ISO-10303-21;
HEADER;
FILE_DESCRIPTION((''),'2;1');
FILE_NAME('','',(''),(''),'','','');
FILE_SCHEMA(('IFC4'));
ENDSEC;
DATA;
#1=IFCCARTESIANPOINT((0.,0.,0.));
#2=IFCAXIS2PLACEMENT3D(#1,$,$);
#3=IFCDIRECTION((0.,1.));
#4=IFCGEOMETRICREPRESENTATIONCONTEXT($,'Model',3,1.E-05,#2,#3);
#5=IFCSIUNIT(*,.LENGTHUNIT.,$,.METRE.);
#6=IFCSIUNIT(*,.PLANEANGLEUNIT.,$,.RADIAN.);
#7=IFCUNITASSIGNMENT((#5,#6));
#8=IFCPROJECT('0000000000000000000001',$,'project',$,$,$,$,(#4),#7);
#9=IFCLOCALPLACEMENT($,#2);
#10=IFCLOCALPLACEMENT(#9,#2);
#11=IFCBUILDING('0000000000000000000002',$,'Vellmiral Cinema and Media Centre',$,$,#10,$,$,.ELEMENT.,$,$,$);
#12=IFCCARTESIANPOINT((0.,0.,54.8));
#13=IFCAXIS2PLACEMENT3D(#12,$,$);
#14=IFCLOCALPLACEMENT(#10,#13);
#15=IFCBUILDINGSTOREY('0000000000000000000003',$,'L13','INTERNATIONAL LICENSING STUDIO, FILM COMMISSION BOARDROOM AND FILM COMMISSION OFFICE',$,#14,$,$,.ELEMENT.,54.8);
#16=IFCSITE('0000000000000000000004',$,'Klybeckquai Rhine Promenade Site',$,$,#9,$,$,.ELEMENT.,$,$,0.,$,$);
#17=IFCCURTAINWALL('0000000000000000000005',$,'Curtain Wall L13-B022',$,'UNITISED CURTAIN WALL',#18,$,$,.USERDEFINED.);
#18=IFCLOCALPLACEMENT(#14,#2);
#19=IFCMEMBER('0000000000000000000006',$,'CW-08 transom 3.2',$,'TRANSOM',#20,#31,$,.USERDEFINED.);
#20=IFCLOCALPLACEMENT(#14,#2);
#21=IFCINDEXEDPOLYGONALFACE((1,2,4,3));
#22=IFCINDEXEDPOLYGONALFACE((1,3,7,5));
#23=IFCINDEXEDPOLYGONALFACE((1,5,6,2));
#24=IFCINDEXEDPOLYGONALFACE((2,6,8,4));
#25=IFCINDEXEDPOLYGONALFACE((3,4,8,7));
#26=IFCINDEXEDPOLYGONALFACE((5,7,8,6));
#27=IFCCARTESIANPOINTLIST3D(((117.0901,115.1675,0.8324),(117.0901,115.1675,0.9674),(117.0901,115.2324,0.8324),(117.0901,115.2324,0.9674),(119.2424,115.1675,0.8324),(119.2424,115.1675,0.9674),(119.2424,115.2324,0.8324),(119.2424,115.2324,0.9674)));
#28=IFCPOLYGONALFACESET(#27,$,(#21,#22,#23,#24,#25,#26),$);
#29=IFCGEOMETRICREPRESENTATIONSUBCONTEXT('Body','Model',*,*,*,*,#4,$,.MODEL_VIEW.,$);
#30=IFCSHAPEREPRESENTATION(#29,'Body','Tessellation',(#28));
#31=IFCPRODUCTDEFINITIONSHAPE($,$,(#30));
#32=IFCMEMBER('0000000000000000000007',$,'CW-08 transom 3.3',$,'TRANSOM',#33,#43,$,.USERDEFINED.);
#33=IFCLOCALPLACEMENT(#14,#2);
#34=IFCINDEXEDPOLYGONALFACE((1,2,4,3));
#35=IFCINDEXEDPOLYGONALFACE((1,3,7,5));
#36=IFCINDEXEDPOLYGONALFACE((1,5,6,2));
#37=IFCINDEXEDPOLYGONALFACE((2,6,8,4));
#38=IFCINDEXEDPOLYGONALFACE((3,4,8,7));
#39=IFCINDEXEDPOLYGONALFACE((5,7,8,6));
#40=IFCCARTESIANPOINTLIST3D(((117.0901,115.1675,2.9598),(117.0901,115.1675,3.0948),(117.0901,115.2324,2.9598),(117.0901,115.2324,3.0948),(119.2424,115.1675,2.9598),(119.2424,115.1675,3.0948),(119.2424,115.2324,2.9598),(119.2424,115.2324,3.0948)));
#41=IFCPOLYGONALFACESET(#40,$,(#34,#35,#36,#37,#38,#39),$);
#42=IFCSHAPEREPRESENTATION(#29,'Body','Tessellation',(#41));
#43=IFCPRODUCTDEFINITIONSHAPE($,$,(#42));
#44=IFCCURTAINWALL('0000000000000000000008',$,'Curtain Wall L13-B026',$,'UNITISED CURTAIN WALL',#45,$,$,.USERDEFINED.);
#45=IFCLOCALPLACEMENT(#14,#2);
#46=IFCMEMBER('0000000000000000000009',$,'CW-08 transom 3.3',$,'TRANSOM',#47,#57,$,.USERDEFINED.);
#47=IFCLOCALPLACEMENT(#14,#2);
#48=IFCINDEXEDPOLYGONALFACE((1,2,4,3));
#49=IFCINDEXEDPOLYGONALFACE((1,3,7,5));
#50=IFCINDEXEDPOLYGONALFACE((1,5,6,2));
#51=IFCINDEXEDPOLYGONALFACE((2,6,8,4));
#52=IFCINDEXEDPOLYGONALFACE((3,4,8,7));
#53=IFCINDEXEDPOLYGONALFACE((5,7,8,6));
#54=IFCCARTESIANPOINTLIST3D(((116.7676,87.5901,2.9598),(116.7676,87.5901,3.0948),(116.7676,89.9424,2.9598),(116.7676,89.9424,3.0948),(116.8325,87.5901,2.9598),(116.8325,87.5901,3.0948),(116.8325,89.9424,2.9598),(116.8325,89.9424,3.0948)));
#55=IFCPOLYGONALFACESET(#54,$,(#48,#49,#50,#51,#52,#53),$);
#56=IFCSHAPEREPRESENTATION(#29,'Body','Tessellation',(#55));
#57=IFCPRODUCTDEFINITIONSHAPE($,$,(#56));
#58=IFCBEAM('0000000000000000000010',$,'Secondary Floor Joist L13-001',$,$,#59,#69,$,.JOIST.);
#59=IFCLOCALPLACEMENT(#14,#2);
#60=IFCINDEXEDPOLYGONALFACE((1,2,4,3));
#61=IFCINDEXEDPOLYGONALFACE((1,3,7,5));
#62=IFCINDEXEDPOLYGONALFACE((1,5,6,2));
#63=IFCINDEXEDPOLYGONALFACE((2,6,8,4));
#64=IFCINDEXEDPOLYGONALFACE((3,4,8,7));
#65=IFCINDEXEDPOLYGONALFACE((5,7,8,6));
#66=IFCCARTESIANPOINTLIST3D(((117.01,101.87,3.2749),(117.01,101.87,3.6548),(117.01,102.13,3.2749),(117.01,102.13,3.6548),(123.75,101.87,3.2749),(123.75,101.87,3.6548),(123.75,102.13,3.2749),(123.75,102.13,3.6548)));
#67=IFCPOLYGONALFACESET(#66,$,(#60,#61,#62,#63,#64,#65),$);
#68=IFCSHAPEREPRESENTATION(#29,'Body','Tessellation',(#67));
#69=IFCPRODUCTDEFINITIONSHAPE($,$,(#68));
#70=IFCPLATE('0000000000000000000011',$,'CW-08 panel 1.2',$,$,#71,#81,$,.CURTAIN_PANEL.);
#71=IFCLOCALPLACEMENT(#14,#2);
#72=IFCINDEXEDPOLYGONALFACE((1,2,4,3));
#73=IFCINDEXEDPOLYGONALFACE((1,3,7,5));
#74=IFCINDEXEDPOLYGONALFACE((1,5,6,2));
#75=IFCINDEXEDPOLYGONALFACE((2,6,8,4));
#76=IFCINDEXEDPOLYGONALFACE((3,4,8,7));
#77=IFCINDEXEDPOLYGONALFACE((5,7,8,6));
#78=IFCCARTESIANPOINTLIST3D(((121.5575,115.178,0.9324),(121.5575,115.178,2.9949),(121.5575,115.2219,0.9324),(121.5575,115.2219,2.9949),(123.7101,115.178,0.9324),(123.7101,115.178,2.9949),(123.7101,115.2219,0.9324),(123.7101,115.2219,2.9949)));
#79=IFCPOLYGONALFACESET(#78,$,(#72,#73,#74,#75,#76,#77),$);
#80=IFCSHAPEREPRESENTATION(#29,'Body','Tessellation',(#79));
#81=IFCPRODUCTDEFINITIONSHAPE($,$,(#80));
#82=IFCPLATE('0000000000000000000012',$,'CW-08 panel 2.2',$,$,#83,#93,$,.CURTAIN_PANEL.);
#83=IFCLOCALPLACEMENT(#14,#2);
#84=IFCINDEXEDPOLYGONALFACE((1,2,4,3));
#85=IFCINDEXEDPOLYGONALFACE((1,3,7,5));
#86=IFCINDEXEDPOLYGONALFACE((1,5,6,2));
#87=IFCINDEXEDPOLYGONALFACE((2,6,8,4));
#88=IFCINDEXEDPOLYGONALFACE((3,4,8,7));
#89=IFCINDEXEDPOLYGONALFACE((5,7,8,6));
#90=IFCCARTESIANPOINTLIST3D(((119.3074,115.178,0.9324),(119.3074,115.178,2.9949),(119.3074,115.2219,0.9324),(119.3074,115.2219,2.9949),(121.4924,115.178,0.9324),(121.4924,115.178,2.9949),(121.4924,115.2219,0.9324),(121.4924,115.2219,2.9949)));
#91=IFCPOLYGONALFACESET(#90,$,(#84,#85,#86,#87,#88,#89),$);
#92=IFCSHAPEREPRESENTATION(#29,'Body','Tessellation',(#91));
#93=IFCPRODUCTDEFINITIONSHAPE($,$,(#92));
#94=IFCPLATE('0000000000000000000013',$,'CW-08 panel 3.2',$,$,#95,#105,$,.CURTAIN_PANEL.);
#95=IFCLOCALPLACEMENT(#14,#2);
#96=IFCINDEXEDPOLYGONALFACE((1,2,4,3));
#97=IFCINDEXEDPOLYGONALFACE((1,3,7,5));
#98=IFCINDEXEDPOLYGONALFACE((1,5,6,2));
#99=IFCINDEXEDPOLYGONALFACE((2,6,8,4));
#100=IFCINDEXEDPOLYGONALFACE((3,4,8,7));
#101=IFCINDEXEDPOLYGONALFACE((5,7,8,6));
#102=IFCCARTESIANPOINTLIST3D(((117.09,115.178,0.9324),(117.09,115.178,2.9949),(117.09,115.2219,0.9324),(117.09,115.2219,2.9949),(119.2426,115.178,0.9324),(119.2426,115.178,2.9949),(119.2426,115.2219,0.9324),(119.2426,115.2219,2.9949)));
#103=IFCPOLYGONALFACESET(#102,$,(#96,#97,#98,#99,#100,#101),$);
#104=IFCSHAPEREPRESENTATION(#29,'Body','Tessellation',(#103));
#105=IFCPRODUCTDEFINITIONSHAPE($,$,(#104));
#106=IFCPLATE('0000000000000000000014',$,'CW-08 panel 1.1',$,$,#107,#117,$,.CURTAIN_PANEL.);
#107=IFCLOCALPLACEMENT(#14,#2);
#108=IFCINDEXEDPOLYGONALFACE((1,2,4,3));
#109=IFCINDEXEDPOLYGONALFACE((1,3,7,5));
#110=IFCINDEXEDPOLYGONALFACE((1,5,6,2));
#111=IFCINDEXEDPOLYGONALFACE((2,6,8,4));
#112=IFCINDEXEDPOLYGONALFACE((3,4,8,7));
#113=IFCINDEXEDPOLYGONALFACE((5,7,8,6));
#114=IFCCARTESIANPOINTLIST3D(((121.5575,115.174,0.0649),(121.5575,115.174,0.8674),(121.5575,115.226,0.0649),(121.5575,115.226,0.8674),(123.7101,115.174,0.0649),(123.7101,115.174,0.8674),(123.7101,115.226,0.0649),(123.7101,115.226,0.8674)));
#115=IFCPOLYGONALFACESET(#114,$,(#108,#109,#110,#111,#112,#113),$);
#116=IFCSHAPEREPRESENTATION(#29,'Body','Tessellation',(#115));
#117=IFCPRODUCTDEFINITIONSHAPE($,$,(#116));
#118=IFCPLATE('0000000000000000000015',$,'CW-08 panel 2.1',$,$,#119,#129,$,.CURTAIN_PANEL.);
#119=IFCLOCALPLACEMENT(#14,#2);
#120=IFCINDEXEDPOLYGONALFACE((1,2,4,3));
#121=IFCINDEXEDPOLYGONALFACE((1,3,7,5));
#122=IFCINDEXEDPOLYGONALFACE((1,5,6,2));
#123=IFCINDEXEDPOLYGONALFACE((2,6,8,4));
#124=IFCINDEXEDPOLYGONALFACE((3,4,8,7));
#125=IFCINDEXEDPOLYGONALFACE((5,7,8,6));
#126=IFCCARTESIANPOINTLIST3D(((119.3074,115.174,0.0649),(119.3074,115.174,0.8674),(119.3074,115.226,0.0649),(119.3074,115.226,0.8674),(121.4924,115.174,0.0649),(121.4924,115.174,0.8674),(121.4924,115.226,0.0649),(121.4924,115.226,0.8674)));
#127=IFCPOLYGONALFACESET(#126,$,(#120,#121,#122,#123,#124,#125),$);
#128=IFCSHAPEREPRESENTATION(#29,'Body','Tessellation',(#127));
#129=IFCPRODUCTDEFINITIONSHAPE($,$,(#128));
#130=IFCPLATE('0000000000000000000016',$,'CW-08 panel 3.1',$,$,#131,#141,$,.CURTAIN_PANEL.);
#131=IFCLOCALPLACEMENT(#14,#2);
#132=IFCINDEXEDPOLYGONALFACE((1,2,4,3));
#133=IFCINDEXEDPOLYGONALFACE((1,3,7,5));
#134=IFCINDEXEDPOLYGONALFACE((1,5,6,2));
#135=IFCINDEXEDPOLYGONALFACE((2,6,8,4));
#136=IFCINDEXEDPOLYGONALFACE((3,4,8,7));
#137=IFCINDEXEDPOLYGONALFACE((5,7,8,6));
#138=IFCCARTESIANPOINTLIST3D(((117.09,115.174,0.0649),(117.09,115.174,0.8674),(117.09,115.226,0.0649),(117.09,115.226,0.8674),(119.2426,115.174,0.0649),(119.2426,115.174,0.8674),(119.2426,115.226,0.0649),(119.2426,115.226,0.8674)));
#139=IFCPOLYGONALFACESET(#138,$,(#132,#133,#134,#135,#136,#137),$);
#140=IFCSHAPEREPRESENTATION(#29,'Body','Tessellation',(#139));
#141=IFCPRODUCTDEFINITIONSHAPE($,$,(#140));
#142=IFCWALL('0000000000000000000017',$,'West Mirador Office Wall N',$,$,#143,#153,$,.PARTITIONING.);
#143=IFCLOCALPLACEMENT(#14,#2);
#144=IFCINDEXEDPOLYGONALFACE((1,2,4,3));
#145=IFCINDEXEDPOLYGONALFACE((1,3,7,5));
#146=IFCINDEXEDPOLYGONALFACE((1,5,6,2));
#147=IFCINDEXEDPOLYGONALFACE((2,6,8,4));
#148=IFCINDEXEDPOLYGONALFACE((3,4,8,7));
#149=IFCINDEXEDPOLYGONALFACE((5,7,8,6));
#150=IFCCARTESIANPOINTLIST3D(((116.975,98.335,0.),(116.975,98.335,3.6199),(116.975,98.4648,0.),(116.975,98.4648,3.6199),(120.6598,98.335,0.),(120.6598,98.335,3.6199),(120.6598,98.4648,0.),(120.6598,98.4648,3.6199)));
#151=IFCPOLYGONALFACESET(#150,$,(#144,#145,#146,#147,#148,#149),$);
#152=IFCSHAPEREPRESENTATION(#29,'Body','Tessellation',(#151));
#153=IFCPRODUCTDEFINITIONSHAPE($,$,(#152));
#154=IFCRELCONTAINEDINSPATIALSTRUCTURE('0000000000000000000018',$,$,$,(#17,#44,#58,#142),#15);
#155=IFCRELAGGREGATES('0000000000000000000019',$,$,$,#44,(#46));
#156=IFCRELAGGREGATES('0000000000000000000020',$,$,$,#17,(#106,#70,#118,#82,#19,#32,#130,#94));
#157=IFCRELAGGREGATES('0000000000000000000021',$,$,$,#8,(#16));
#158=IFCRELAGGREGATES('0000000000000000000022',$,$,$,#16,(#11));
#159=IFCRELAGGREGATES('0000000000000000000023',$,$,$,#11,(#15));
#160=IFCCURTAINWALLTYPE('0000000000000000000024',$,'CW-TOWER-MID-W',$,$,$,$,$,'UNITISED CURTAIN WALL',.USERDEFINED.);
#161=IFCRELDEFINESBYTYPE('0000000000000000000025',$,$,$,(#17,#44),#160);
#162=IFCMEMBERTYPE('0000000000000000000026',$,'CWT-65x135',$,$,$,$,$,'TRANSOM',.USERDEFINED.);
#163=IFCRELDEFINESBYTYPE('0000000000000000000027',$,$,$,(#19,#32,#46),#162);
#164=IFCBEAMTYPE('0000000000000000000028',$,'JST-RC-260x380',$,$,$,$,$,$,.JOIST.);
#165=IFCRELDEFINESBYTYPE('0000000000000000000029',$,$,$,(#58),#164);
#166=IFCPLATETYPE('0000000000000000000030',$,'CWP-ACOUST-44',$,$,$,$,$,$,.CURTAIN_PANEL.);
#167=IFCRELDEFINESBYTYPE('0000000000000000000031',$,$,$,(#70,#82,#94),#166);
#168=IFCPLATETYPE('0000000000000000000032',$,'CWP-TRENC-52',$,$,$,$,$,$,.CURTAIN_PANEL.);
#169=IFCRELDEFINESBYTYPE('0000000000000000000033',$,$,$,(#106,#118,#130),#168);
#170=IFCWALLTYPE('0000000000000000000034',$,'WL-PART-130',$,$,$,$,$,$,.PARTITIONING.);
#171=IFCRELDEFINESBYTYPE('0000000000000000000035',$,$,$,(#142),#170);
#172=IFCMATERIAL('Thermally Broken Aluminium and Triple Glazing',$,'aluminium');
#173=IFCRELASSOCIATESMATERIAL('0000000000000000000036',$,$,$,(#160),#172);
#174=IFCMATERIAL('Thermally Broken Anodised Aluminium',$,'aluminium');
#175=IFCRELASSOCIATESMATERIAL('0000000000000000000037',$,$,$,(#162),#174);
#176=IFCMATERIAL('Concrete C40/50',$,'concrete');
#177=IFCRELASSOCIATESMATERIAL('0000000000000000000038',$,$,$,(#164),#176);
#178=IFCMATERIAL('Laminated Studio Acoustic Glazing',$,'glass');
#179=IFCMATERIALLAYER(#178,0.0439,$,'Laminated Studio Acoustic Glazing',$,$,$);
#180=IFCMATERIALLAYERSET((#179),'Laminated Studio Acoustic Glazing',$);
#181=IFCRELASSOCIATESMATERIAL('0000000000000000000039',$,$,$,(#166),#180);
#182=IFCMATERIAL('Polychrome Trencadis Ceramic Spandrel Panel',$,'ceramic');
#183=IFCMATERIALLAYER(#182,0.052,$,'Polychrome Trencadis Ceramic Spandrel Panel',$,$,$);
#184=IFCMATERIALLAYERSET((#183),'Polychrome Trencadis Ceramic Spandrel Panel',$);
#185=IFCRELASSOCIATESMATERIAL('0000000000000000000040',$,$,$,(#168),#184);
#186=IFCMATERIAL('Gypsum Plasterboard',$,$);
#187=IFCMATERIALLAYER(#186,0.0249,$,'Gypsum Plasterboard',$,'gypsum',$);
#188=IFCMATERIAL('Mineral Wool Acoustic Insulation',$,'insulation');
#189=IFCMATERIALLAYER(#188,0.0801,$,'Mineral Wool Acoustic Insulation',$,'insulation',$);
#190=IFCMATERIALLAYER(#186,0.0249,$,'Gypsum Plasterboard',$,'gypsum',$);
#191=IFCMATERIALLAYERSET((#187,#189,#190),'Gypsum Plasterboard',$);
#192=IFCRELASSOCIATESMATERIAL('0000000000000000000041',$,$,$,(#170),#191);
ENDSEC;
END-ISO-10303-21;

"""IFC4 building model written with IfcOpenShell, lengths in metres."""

from ifc_helpers import new_model, si_unit, direction, frame, frame_2d, origin, origin_2d, place, context, subcontext, project, spatial, rectangle, extrude, material, layer, layer_set, material_profile, profile_set, type_object, element, aggregate, save


model = new_model("IFC4")

# Units and contexts
model_context = context("Model", 3, precision=1e-05, world=origin(), true_north=direction((0.0, 1.0)))
body_context = subcontext(model_context, "Body", "Model", "MODEL_VIEW")
ifc_project = project(units=[si_unit("LENGTHUNIT", "METRE"), si_unit("PLANEANGLEUNIT", "RADIAN")], contexts=[model_context])

# Site, building, storey
site_placement = place(None, origin())
site = spatial("IfcSite", under=ifc_project, at=site_placement, Name="Klybeckquai Rhine Promenade Site", CompositionType="ELEMENT", RefElevation=0.0)
building_placement = place(site_placement, origin())
building = spatial("IfcBuilding", under=site, at=building_placement, Name="Vellmiral Cinema and Media Centre", CompositionType="ELEMENT")
storey_placement = place(building_placement, frame((0.0, 0.0, 54.8)))
storey = spatial("IfcBuildingStorey", under=building, at=storey_placement, Name="L13", Description="INTERNATIONAL LICENSING STUDIO, FILM COMMISSION BOARDROOM AND FILM COMMISSION OFFICE", CompositionType="ELEMENT", Elevation=54.8)

# Curtain wall, members
ifc_material_1 = material(Name="Thermally Broken Aluminium and Triple Glazing", Category="aluminium")
curtain_wall_type = type_object("IfcCurtainWallType", Name="CW-TOWER-MID-W", ElementType="UNITISED CURTAIN WALL", PredefinedType="USERDEFINED", material=ifc_material_1)
curtain_wall_1_placement = place(storey_placement, origin())
curtain_wall_1 = element("IfcCurtainWall", 1, at=curtain_wall_1_placement, inside=storey, type_object=curtain_wall_type, Name="Curtain Wall L13-B022", ObjectType="UNITISED CURTAIN WALL", PredefinedType="USERDEFINED")
ifc_material_2 = material(Name="Thermally Broken Anodised Aluminium", Category="aluminium")
ifc_material_profile_1 = material_profile(ifc_material_2, rectangle(XDim=0.0649, YDim=0.135, at=origin_2d()), Name="MULL 65x135")
ifc_profile_set_1 = profile_set([ifc_material_profile_1], Name="Thermally Broken Anodised Aluminium")
member_type_1 = type_object("IfcMemberType", Name="CWT-65x135", ElementType="TRANSOM", PredefinedType="USERDEFINED", material=ifc_profile_set_1)
member_1_placement = place(storey_placement, frame((119.2424, 115.2, 0.8999), z_axis=(-1.0, 0.0, 0.0), x_axis=(0.0, -1.0, 0.0)))
member_1 = element("IfcMember", 2, at=member_1_placement, type_object=member_type_1, Name="CW-08 transom 3.2", ObjectType="TRANSOM", PredefinedType="USERDEFINED", context=body_context, shape_type="SweptSolid", body=[
    extrude(rectangle(XDim=0.0649, YDim=0.135, at=origin_2d()), origin(), (0.0, 0.0, 1.0), 2.1523),
])
member_2_placement = place(storey_placement, frame((119.2424, 115.2, 3.0273), z_axis=(-1.0, 0.0, 0.0), x_axis=(0.0, -1.0, 0.0)))
member_2 = element("IfcMember", 3, at=member_2_placement, type_object=member_type_1, Name="CW-08 transom 3.3", ObjectType="TRANSOM", PredefinedType="USERDEFINED", context=body_context, shape_type="SweptSolid", body=[
    extrude(rectangle(XDim=0.0649, YDim=0.135, at=origin_2d()), origin(), (0.0, 0.0, 1.0), 2.1523),
])

# Curtain wall, member
curtain_wall_2_placement = place(storey_placement, origin())
curtain_wall_2 = element("IfcCurtainWall", 4, at=curtain_wall_2_placement, inside=storey, type_object=curtain_wall_type, Name="Curtain Wall L13-B026", ObjectType="UNITISED CURTAIN WALL", PredefinedType="USERDEFINED")
member_3_placement = place(storey_placement, frame((116.8, 89.9424, 3.0273), z_axis=(0.0, -1.0, 0.0), x_axis=(1.0, 0.0, 0.0)))
member_3 = element("IfcMember", 5, at=member_3_placement, type_object=member_type_1, Name="CW-08 transom 3.3", ObjectType="TRANSOM", PredefinedType="USERDEFINED", context=body_context, shape_type="SweptSolid", body=[
    extrude(rectangle(XDim=0.0649, YDim=0.135, at=origin_2d()), origin(), (0.0, 0.0, 1.0), 2.3523),
])
aggregate(curtain_wall_2, [member_3])

# Beam
ifc_material_3 = material(Name="Concrete C40/50", Category="concrete")
ifc_material_profile_2 = material_profile(ifc_material_3, rectangle(XDim=0.26, YDim=0.3799, at=origin_2d()), Name="RC 260x380")
ifc_profile_set_2 = profile_set([ifc_material_profile_2], Name="Concrete C40/50")
beam_type = type_object("IfcBeamType", Name="JST-RC-260x380", PredefinedType="JOIST", material=ifc_profile_set_2)
beam_placement = place(storey_placement, frame((117.01, 102.0, 3.4648), z_axis=(1.0, 0.0, 0.0), x_axis=(0.0, 1.0, 0.0)))
element("IfcBeam", 6, at=beam_placement, inside=storey, type_object=beam_type, Name="Secondary Floor Joist L13-001", PredefinedType="JOIST", context=body_context, shape_type="SweptSolid", body=[
    extrude(rectangle(XDim=0.26, YDim=0.3799, at=origin_2d()), origin(), (0.0, 0.0, 1.0), 6.74),
])

# Plates
ifc_material_4 = material(Name="Laminated Studio Acoustic Glazing", Category="glass")
ifc_layer_1 = layer(ifc_material_4, 0.0439, Name="Laminated Studio Acoustic Glazing")
ifc_layer_set_1 = layer_set([ifc_layer_1], Name="Laminated Studio Acoustic Glazing")
plate_type_1 = type_object("IfcPlateType", Name="CWP-ACOUST-44", PredefinedType="CURTAIN_PANEL", material=ifc_layer_set_1)
plate_1_placement = place(storey_placement, frame((122.6338, 115.2, 0.9324), z_axis=(0.0, 0.0, 1.0), x_axis=(-1.0, 0.0, 0.0)))
plate_1 = element("IfcPlate", 7, at=plate_1_placement, type_object=plate_type_1, Name="CW-08 panel 1.2", PredefinedType="CURTAIN_PANEL", context=body_context, shape_type="SweptSolid", body=[
    extrude(rectangle(XDim=2.1526, YDim=0.0439, at=origin_2d()), origin(), (0.0, 0.0, 1.0), 2.0625),
])
plate_2_placement = place(storey_placement, frame((120.3999, 115.2, 0.9324), z_axis=(0.0, 0.0, 1.0), x_axis=(-1.0, 0.0, 0.0)))
plate_2 = element("IfcPlate", 8, at=plate_2_placement, type_object=plate_type_1, Name="CW-08 panel 2.2", PredefinedType="CURTAIN_PANEL", context=body_context, shape_type="SweptSolid", body=[
    extrude(rectangle(XDim=2.1851, YDim=0.0439, at=origin_2d()), origin(), (0.0, 0.0, 1.0), 2.0625),
])
plate_3_placement = place(storey_placement, frame((118.1663, 115.2, 0.9324), z_axis=(0.0, 0.0, 1.0), x_axis=(-1.0, 0.0, 0.0)))
plate_3 = element("IfcPlate", 9, at=plate_3_placement, type_object=plate_type_1, Name="CW-08 panel 3.2", PredefinedType="CURTAIN_PANEL", context=body_context, shape_type="SweptSolid", body=[
    extrude(rectangle(XDim=2.1526, YDim=0.0439, at=origin_2d()), origin(), (0.0, 0.0, 1.0), 2.0625),
])
ifc_material_5 = material(Name="Polychrome Trencadis Ceramic Spandrel Panel", Category="ceramic")
ifc_layer_2 = layer(ifc_material_5, 0.052, Name="Polychrome Trencadis Ceramic Spandrel Panel")
ifc_layer_set_2 = layer_set([ifc_layer_2], Name="Polychrome Trencadis Ceramic Spandrel Panel")
plate_type_2 = type_object("IfcPlateType", Name="CWP-TRENC-52", PredefinedType="CURTAIN_PANEL", material=ifc_layer_set_2)
plate_4_placement = place(storey_placement, frame((122.6338, 115.2, 0.0649), z_axis=(0.0, 0.0, 1.0), x_axis=(-1.0, 0.0, 0.0)))
plate_4 = element("IfcPlate", 10, at=plate_4_placement, type_object=plate_type_2, Name="CW-08 panel 1.1", PredefinedType="CURTAIN_PANEL", context=body_context, shape_type="SweptSolid", body=[
    extrude(rectangle(XDim=2.1526, YDim=0.052, at=origin_2d()), origin(), (0.0, 0.0, 1.0), 0.8025),
])
plate_5_placement = place(storey_placement, frame((120.3999, 115.2, 0.0649), z_axis=(0.0, 0.0, 1.0), x_axis=(-1.0, 0.0, 0.0)))
plate_5 = element("IfcPlate", 11, at=plate_5_placement, type_object=plate_type_2, Name="CW-08 panel 2.1", PredefinedType="CURTAIN_PANEL", context=body_context, shape_type="SweptSolid", body=[
    extrude(rectangle(XDim=2.1851, YDim=0.052, at=origin_2d()), origin(), (0.0, 0.0, 1.0), 0.8025),
])
plate_6_placement = place(storey_placement, frame((118.1663, 115.2, 0.0649), z_axis=(0.0, 0.0, 1.0), x_axis=(-1.0, 0.0, 0.0)))
plate_6 = element("IfcPlate", 12, at=plate_6_placement, type_object=plate_type_2, Name="CW-08 panel 3.1", PredefinedType="CURTAIN_PANEL", context=body_context, shape_type="SweptSolid", body=[
    extrude(rectangle(XDim=2.1526, YDim=0.052, at=origin_2d()), origin(), (0.0, 0.0, 1.0), 0.8025),
])
aggregate(curtain_wall_1, [plate_4, plate_1, plate_5, plate_2, member_1, member_2, plate_6, plate_3])

# Wall
ifc_material_6 = material(Name="Gypsum Plasterboard")
ifc_layer_3 = layer(ifc_material_6, 0.0249, Name="Gypsum Plasterboard", Category="gypsum")
ifc_material_7 = material(Name="Mineral Wool Acoustic Insulation", Category="insulation")
ifc_layer_4 = layer(ifc_material_7, 0.0801, Name="Mineral Wool Acoustic Insulation", Category="insulation")
ifc_layer_5 = layer(ifc_material_6, 0.0249, Name="Gypsum Plasterboard", Category="gypsum")
ifc_layer_set_3 = layer_set([ifc_layer_3, ifc_layer_4, ifc_layer_5], Name="Gypsum Plasterboard")
wall_type_1 = type_object("IfcWallType", Name="WL-PART-130", PredefinedType="PARTITIONING", material=ifc_layer_set_3)
wall_1_placement = place(storey_placement, frame((116.9751, 98.3999, 0.0), z_axis=(0.0, 0.0, 1.0), x_axis=(1.0, 0.0, 0.0)))
element("IfcWall", 13, at=wall_1_placement, inside=storey, type_object=wall_type_1, Name="West Mirador Office Wall N", PredefinedType="PARTITIONING", context=body_context, shape_type="SweptSolid", body=[
    extrude(rectangle(XDim=3.6848, YDim=0.1299, at=frame_2d((1.8423, 0.0))), origin(), (0.0, 0.0, 1.0), 3.6199),
])

save(model, "model.ifc")
